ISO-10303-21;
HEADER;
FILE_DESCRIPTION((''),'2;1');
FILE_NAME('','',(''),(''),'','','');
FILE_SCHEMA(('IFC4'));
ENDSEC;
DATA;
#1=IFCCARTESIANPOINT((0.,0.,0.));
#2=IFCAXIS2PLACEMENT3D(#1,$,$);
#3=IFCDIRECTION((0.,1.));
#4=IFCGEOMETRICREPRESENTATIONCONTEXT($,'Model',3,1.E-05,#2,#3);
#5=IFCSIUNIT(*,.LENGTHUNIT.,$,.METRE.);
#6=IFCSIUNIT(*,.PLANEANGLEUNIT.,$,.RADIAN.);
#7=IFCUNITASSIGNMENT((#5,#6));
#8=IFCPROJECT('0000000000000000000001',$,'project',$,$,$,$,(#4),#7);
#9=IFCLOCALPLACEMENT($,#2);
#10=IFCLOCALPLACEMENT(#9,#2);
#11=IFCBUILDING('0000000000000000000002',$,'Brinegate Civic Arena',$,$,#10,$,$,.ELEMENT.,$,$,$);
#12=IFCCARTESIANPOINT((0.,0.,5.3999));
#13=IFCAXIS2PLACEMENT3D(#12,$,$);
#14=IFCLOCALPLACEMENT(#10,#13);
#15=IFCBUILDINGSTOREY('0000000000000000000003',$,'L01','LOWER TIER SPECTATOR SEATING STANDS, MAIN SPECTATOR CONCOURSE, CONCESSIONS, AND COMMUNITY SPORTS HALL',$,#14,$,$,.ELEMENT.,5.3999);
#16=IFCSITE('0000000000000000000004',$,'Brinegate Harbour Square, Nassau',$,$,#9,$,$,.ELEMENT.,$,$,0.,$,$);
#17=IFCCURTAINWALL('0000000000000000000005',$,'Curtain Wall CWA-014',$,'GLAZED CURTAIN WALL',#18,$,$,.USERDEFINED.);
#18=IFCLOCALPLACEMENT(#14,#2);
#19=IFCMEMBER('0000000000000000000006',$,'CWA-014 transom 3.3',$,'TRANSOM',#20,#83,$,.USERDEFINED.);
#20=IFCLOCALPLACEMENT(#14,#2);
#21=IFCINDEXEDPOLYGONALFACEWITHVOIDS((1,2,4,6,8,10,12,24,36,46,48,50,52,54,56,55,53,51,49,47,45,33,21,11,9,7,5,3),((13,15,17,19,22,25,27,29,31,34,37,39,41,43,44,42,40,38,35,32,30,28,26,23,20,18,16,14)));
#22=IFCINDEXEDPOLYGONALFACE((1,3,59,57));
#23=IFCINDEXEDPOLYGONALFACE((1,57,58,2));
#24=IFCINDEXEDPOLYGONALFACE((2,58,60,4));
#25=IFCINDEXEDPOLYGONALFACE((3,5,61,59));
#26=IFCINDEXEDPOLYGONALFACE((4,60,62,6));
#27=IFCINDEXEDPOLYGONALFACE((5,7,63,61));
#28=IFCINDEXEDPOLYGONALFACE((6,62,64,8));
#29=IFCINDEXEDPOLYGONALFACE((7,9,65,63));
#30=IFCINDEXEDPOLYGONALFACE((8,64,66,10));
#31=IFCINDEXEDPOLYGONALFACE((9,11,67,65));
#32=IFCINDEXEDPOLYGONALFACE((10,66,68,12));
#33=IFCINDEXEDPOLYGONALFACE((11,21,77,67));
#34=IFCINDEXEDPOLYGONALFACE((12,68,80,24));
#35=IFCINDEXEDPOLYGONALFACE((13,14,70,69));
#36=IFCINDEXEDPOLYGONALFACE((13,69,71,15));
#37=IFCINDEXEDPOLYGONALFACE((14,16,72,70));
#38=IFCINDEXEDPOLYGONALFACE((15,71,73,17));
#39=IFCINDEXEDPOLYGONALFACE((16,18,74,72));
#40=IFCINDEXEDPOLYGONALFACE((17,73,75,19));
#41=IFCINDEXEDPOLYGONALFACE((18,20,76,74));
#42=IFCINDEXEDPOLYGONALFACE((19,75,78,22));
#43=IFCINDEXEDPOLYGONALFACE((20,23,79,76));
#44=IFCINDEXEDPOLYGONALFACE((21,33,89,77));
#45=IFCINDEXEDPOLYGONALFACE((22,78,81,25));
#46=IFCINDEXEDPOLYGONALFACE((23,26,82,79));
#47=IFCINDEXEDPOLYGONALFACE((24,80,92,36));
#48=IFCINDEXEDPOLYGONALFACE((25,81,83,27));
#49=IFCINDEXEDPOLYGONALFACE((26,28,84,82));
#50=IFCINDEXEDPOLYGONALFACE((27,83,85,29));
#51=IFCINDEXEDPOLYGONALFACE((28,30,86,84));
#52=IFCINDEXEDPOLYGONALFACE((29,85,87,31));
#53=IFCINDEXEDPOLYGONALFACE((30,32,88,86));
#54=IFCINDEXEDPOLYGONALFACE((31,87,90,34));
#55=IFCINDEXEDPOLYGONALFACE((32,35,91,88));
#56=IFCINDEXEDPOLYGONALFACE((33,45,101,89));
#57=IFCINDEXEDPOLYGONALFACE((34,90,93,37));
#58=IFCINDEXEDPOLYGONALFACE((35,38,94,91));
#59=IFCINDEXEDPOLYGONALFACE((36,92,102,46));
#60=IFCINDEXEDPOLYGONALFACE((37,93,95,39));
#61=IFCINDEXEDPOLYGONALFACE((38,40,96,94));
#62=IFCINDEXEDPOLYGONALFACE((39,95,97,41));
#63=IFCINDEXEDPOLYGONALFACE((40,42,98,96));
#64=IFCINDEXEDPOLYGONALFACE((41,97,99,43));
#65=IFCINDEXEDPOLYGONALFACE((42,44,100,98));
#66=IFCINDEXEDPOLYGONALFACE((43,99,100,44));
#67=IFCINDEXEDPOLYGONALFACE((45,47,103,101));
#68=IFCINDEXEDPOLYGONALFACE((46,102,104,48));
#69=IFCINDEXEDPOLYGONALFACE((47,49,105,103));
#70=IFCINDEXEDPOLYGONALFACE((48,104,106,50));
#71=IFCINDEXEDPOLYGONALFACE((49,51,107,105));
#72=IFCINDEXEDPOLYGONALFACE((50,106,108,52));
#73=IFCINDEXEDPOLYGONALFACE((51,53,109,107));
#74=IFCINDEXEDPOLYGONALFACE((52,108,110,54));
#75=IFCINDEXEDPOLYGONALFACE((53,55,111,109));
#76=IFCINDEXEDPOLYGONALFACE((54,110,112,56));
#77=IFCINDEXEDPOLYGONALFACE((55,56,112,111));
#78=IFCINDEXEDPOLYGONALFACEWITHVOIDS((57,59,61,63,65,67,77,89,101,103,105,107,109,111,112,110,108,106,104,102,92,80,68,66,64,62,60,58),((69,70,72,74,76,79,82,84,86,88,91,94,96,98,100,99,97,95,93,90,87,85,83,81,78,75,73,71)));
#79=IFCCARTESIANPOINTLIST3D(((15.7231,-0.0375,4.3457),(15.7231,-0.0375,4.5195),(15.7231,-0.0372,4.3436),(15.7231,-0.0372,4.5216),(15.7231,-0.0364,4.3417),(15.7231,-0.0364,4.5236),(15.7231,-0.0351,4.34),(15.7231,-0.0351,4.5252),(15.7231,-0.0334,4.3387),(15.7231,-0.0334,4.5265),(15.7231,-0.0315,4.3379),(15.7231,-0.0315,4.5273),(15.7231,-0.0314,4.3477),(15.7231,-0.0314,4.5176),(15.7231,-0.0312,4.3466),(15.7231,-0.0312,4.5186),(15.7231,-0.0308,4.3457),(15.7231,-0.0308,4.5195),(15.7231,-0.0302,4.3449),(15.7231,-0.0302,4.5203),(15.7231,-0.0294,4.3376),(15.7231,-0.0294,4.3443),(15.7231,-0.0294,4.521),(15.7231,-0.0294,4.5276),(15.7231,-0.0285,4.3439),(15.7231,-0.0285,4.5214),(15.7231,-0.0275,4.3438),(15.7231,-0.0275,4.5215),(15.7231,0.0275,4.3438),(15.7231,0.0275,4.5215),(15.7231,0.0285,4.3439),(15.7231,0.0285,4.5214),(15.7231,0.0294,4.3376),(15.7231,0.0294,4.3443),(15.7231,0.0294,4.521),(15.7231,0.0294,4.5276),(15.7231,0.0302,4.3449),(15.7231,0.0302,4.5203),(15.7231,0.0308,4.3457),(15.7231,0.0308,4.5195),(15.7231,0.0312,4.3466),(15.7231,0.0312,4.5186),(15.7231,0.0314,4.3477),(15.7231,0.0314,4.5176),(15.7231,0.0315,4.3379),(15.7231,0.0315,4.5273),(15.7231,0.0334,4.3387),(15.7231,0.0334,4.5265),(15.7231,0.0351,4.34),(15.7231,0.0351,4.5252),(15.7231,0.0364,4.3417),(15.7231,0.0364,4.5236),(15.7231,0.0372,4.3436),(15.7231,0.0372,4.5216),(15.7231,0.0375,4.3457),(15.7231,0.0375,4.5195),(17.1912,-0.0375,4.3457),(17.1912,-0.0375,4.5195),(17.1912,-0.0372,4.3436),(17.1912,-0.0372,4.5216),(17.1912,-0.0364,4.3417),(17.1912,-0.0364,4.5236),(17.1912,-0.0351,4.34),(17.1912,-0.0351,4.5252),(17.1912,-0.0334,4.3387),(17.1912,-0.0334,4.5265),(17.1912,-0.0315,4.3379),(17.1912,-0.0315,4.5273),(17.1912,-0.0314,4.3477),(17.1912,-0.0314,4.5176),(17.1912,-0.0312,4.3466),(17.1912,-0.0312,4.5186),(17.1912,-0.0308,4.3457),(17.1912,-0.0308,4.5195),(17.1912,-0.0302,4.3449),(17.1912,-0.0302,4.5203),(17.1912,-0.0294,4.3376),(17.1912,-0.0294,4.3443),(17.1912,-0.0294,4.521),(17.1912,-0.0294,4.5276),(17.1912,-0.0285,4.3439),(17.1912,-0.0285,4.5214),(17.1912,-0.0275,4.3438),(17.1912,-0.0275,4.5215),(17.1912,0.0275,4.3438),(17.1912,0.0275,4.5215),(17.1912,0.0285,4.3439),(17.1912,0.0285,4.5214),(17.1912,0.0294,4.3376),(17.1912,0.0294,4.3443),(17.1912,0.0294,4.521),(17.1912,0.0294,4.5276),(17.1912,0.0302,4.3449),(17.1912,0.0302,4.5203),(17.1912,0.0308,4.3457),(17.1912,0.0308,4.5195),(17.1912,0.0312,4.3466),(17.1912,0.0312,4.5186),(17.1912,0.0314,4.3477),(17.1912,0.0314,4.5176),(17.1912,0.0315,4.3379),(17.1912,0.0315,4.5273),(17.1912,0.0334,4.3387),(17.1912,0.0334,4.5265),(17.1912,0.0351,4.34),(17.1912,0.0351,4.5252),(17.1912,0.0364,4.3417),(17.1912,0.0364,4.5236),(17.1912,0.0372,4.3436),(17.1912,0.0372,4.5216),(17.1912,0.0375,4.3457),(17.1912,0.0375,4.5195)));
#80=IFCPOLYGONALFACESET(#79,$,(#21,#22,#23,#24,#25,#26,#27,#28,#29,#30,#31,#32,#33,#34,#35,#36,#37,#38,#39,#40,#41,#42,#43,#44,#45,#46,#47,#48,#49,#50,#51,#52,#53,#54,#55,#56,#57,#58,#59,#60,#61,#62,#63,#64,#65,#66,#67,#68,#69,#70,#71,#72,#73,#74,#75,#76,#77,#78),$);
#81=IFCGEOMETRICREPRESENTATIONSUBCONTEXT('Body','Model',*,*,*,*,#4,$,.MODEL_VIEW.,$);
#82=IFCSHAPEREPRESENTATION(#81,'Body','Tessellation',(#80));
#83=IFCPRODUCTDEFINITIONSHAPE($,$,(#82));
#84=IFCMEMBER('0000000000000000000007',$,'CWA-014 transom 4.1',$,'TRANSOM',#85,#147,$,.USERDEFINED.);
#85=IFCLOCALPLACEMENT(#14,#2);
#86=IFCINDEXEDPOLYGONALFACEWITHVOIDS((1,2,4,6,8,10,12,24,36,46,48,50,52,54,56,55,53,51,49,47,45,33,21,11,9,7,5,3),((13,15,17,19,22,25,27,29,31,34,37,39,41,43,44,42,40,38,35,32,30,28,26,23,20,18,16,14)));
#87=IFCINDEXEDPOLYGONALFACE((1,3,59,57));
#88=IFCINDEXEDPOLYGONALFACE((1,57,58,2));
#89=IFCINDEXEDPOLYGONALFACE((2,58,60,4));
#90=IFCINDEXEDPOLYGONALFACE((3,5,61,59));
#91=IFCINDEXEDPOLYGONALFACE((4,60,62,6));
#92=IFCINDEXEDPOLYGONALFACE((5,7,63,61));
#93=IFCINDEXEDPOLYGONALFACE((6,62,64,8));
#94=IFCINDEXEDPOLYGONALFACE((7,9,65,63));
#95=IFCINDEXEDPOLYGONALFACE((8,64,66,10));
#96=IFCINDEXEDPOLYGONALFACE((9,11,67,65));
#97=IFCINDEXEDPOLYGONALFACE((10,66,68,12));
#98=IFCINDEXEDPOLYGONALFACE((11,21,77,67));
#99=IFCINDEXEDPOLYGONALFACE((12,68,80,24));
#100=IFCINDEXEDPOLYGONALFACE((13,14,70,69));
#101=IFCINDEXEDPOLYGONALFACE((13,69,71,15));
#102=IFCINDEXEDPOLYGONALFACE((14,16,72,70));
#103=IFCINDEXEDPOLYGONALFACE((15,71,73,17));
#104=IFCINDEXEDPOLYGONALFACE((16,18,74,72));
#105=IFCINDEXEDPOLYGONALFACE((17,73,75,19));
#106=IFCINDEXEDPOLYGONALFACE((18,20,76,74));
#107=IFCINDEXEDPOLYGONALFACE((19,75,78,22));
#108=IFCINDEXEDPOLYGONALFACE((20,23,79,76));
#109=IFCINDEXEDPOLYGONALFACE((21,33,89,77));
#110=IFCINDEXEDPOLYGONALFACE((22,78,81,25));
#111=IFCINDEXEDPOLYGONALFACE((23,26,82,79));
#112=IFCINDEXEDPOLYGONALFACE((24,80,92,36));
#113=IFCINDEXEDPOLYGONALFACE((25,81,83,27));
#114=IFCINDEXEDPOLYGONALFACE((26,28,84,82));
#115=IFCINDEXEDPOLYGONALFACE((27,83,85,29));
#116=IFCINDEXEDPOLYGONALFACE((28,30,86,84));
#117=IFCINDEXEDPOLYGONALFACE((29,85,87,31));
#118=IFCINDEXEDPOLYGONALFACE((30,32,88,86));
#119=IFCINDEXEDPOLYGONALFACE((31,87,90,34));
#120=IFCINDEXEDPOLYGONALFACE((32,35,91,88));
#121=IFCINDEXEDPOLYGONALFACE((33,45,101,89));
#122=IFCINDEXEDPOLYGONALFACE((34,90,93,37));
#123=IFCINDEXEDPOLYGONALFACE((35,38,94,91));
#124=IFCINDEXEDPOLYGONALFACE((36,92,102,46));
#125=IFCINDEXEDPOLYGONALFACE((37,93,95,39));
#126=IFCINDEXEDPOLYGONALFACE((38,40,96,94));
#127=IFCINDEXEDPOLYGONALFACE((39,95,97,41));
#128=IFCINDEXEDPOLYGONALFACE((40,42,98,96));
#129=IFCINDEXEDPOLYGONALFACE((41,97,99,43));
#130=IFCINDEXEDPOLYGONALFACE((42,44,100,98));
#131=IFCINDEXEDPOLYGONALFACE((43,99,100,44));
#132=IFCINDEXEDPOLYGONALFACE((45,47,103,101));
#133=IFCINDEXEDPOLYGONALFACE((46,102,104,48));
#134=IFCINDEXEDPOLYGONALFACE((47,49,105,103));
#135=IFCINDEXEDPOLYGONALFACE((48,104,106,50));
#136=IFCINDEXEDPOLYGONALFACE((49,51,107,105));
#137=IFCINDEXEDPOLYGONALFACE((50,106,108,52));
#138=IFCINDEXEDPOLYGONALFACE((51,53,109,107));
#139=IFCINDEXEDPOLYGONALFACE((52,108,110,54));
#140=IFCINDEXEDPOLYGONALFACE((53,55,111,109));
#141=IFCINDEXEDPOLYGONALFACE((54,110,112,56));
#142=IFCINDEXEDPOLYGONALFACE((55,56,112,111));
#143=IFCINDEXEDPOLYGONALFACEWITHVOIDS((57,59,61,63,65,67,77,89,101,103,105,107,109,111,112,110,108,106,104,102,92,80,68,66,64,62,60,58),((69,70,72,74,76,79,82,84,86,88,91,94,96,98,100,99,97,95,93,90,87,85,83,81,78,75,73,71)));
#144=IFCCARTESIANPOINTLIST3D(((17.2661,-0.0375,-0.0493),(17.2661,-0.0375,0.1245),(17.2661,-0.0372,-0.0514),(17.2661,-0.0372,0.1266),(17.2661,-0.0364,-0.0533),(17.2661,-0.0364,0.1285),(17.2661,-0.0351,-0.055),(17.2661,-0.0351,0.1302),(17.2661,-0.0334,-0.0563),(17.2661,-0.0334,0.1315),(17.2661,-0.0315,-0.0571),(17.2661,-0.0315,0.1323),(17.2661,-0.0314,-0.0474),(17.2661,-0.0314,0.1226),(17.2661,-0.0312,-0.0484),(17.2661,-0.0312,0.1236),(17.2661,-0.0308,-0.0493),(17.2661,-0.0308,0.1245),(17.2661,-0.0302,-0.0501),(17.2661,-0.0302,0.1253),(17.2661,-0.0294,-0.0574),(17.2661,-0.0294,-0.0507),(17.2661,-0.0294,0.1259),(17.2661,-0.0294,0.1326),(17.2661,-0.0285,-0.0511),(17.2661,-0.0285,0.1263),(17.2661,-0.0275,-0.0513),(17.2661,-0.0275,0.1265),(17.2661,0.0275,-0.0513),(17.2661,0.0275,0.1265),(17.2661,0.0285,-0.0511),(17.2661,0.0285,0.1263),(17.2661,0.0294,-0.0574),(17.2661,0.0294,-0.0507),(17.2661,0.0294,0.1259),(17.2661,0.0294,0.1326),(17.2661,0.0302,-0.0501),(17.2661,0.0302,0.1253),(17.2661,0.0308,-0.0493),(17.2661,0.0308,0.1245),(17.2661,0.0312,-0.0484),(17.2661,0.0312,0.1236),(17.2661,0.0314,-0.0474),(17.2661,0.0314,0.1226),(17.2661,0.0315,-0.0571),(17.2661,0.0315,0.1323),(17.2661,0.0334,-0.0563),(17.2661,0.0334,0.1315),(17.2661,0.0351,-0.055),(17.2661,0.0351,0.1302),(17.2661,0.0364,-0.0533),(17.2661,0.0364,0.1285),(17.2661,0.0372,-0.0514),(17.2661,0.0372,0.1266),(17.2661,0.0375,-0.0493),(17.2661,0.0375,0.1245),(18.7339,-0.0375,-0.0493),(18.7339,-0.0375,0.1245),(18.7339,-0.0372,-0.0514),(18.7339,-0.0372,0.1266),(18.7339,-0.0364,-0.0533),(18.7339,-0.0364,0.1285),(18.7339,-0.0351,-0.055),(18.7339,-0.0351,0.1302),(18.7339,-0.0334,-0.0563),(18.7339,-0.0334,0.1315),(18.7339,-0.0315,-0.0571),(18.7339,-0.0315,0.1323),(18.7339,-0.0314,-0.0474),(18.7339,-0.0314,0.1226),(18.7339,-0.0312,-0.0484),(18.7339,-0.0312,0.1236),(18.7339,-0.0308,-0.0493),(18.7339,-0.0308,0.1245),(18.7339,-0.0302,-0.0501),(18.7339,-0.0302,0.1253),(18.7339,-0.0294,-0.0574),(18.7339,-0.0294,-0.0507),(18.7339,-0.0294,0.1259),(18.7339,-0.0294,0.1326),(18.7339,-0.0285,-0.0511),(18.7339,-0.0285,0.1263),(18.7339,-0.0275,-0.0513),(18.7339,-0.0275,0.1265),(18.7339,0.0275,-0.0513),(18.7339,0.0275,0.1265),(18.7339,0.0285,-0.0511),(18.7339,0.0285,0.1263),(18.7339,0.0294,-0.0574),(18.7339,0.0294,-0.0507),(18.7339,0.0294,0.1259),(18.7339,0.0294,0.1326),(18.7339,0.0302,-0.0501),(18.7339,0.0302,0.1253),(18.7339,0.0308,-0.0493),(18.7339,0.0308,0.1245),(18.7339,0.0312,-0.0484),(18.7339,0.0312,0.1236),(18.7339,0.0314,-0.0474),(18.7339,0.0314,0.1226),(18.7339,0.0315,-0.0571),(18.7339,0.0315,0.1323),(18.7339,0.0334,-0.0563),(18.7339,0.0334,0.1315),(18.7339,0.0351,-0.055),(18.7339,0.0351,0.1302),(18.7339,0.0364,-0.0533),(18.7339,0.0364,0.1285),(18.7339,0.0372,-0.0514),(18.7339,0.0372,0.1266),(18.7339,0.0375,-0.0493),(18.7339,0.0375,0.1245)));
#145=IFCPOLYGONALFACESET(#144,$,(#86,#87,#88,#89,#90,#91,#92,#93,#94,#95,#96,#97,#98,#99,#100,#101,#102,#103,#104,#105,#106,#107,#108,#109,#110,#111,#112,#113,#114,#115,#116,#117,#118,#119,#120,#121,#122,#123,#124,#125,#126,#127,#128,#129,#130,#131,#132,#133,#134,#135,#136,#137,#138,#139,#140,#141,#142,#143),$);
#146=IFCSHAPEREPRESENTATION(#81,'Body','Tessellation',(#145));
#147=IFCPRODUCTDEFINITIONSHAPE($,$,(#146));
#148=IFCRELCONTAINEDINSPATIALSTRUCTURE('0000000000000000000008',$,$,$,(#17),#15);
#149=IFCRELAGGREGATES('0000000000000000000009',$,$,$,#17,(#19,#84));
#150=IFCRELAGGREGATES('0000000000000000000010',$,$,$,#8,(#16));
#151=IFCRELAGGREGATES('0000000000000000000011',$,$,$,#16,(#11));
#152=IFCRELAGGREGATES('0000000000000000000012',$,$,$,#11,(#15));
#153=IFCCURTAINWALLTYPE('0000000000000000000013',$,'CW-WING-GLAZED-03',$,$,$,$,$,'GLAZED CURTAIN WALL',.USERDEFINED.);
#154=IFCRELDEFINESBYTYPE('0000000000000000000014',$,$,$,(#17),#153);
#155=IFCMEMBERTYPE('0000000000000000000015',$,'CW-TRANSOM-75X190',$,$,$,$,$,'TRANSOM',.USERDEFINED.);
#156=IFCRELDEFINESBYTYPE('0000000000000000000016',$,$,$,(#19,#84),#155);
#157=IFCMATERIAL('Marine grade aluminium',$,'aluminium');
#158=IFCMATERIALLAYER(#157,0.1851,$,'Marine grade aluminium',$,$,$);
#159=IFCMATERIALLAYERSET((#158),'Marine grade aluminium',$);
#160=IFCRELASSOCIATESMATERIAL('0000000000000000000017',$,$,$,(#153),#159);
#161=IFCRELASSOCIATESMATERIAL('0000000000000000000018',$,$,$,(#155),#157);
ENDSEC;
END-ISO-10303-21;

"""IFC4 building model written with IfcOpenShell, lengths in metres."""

from ifc_helpers import new_model, si_unit, direction, frame, origin, origin_2d, place, context, subcontext, project, spatial, hollow_rectangle, extrude, material, layer, layer_set, material_profile, profile_set, type_object, element, aggregate, save


model = new_model("IFC4")

# Units and contexts
model_context = context("Model", 3, precision=1e-05, world=origin(), true_north=direction((0.0, 1.0)))
body_context = subcontext(model_context, "Body", "Model", "MODEL_VIEW")
ifc_project = project(units=[si_unit("LENGTHUNIT", "METRE"), si_unit("PLANEANGLEUNIT", "RADIAN")], contexts=[model_context])

# Site, building, storey
site_placement = place(None, origin())
site = spatial("IfcSite", under=ifc_project, at=site_placement, Name="Brinegate Harbour Square, Nassau", CompositionType="ELEMENT", RefElevation=0.0)
building_placement = place(site_placement, origin())
building = spatial("IfcBuilding", under=site, at=building_placement, Name="Brinegate Civic Arena", CompositionType="ELEMENT")
storey_placement = place(building_placement, frame((0.0, 0.0, 5.3999)))
storey = spatial("IfcBuildingStorey", under=building, at=storey_placement, Name="L01", Description="LOWER TIER SPECTATOR SEATING STANDS, MAIN SPECTATOR CONCOURSE, CONCESSIONS, AND COMMUNITY SPORTS HALL", CompositionType="ELEMENT", Elevation=5.3999)

# Curtain wall, members
ifc_material_1 = material(Name="Marine grade aluminium", Category="aluminium")
ifc_layer_1 = layer(ifc_material_1, 0.1851, Name="Marine grade aluminium")
ifc_layer_set_1 = layer_set([ifc_layer_1], Name="Marine grade aluminium")
curtain_wall_type = type_object("IfcCurtainWallType", Name="CW-WING-GLAZED-03", ElementType="GLAZED CURTAIN WALL", PredefinedType="USERDEFINED", material=ifc_layer_set_1)
curtain_wall_placement = place(storey_placement, origin())
curtain_wall = element("IfcCurtainWall", 1, at=curtain_wall_placement, inside=storey, type_object=curtain_wall_type, Name="Curtain Wall CWA-014", ObjectType="GLAZED CURTAIN WALL", PredefinedType="USERDEFINED")
ifc_material_profile_1 = material_profile(ifc_material_1, hollow_rectangle(XDim=0.075, YDim=0.1899, WallThickness=0.0061, InnerFilletRadius=0.0039, OuterFilletRadius=0.0081, at=origin_2d()), Name="TRN75X190")
ifc_profile_set_1 = profile_set([ifc_material_profile_1], Name="Marine grade aluminium")
member_type_1 = type_object("IfcMemberType", Name="CW-TRANSOM-75X190", ElementType="TRANSOM", PredefinedType="USERDEFINED", material=ifc_profile_set_1)
member_1_placement = place(storey_placement, frame((15.7231, 0.0, 4.4326), z_axis=(1.0, 0.0, 0.0), x_axis=(0.0, 1.0, 0.0)))
member_1 = element("IfcMember", 2, at=member_1_placement, type_object=member_type_1, Name="CWA-014 transom 3.3", ObjectType="TRANSOM", PredefinedType="USERDEFINED", context=body_context, shape_type="SweptSolid", body=[
    extrude(hollow_rectangle(XDim=0.075, YDim=0.1899, WallThickness=0.0061, InnerFilletRadius=0.0039, OuterFilletRadius=0.0081, at=origin_2d()), origin(), (0.0, 0.0, 1.0), 1.468),
])
member_2_placement = place(storey_placement, frame((17.2661, 0.0, 0.0376), z_axis=(1.0, 0.0, 0.0), x_axis=(0.0, 1.0, 0.0)))
member_2 = element("IfcMember", 3, at=member_2_placement, type_object=member_type_1, Name="CWA-014 transom 4.1", ObjectType="TRANSOM", PredefinedType="USERDEFINED", context=body_context, shape_type="SweptSolid", body=[
    extrude(hollow_rectangle(XDim=0.075, YDim=0.1899, WallThickness=0.0061, InnerFilletRadius=0.0039, OuterFilletRadius=0.0081, at=origin_2d()), origin(), (0.0, 0.0, 1.0), 1.4678),
])
aggregate(curtain_wall, [member_1, member_2])

save(model, "model.ifc")
